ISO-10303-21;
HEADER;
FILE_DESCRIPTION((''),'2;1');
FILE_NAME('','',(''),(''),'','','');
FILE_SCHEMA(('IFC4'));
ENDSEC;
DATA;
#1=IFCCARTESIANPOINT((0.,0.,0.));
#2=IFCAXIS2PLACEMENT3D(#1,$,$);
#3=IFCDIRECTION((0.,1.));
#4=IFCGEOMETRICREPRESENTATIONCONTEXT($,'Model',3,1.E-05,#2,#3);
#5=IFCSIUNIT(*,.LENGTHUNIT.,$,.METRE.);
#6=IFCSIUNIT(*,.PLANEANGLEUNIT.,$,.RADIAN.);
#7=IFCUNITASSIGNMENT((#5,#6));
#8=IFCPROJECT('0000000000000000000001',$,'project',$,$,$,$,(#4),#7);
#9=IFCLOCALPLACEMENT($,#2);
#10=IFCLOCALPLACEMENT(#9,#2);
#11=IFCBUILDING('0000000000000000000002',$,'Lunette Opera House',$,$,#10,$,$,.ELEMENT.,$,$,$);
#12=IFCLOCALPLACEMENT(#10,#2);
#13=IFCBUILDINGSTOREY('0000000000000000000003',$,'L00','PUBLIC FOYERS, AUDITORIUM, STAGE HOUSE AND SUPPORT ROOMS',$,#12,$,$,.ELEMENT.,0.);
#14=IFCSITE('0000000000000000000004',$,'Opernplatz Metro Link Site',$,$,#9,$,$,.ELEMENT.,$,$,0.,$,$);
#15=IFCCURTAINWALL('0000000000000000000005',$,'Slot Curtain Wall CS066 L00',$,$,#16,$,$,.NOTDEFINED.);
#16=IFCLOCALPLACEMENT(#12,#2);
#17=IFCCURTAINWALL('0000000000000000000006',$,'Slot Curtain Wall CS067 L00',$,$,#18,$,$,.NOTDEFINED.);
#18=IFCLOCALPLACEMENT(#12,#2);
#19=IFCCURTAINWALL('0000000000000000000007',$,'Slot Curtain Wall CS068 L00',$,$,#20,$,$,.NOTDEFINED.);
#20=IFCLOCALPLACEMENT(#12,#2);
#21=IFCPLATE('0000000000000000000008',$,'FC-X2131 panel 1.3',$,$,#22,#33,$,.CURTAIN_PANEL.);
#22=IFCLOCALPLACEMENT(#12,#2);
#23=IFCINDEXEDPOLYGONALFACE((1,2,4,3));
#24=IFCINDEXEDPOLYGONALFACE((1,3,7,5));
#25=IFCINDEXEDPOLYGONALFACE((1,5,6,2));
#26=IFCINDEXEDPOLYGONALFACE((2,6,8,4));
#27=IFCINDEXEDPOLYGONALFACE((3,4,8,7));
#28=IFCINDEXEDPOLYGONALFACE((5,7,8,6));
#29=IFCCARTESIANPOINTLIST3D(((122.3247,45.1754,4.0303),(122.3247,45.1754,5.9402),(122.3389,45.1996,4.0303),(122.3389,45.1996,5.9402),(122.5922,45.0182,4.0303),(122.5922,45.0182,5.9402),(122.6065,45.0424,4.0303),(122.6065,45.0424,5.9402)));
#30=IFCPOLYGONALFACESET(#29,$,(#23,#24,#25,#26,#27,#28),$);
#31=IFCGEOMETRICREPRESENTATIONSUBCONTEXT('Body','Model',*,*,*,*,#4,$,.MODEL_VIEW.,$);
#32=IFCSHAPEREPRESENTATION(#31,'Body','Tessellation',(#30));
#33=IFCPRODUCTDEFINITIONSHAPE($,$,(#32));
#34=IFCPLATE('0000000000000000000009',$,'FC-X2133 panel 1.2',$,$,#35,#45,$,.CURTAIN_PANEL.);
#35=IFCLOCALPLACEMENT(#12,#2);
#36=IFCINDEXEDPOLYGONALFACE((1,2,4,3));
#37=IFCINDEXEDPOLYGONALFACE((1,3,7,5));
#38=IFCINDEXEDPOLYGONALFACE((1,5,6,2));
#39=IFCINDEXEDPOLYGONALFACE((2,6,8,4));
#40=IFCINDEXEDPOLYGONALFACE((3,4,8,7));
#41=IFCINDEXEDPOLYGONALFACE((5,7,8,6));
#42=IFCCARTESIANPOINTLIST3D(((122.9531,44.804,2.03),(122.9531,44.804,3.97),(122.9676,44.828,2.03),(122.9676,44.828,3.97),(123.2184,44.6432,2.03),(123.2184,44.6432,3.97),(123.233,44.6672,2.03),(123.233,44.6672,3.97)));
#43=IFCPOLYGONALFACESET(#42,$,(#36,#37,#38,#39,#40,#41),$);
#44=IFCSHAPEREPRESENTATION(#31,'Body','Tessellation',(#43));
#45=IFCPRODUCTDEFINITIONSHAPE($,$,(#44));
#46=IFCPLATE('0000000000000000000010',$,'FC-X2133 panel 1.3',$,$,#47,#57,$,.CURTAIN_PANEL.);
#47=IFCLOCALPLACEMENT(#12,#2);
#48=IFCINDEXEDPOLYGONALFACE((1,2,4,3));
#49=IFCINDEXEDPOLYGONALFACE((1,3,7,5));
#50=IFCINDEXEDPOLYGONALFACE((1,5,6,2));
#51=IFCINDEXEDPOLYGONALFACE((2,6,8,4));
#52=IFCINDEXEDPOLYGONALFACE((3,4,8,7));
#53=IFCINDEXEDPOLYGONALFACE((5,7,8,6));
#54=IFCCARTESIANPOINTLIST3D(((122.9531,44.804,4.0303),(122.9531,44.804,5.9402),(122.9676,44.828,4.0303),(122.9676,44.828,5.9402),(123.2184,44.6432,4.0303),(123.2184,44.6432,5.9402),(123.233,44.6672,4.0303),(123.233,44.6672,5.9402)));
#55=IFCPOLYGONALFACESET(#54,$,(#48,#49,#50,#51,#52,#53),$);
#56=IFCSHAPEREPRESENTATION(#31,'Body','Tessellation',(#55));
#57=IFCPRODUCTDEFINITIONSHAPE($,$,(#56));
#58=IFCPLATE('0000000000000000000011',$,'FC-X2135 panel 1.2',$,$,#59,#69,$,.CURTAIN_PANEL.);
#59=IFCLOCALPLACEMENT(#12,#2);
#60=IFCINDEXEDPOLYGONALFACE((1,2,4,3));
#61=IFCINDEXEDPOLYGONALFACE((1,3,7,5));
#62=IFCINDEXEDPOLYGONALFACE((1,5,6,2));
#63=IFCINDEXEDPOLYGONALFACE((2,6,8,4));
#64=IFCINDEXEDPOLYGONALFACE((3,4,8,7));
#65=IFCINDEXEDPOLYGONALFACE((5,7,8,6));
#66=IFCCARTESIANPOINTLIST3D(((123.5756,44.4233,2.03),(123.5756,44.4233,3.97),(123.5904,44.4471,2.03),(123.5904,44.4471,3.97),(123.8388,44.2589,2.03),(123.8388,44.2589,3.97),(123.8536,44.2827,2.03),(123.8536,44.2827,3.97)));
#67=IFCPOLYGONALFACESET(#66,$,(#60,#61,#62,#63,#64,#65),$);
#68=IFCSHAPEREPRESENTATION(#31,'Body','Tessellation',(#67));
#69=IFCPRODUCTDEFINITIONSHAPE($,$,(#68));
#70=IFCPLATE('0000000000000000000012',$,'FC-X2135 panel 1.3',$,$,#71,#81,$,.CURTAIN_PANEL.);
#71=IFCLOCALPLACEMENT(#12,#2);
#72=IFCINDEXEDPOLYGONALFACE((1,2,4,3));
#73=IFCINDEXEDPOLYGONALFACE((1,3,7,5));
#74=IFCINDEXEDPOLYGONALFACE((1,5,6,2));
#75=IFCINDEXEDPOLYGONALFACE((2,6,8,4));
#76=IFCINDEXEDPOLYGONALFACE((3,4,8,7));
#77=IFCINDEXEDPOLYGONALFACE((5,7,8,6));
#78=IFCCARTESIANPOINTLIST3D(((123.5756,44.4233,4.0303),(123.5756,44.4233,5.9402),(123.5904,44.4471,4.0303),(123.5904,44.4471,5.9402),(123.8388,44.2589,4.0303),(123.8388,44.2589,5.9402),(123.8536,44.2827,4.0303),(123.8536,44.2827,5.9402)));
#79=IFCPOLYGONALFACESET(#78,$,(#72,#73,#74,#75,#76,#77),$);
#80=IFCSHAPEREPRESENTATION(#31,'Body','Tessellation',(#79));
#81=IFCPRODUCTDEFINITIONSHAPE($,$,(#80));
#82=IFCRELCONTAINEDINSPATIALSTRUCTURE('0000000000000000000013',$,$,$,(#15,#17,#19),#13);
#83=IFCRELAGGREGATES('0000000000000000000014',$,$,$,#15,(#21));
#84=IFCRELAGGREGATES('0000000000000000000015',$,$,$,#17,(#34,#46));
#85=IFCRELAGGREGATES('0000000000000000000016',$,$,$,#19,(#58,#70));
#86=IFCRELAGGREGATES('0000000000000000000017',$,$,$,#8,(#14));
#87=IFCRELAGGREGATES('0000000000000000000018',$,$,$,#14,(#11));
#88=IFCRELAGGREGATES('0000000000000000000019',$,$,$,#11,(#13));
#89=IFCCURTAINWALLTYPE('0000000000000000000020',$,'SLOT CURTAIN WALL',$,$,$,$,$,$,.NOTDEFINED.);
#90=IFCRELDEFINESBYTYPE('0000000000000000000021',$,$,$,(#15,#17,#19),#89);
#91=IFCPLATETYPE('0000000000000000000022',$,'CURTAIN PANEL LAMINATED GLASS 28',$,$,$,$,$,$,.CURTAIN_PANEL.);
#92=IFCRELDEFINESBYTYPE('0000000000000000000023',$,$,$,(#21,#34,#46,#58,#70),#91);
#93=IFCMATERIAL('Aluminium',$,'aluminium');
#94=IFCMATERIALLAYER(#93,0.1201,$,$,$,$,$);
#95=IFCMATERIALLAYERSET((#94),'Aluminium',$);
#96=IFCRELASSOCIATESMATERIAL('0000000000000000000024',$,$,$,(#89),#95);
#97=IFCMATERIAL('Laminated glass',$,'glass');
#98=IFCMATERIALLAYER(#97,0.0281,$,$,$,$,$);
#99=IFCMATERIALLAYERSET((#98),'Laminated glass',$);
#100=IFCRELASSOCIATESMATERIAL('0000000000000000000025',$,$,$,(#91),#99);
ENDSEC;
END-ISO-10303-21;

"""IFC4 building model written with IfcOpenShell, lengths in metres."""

from ifc_helpers import new_model, si_unit, direction, frame, origin, origin_2d, place, context, subcontext, project, spatial, rectangle, extrude, material, layer, layer_set, type_object, element, aggregate, save


model = new_model("IFC4")

# Units and contexts
model_context = context("Model", 3, precision=1e-05, world=origin(), true_north=direction((0.0, 1.0)))
body_context = subcontext(model_context, "Body", "Model", "MODEL_VIEW")
ifc_project = project(units=[si_unit("LENGTHUNIT", "METRE"), si_unit("PLANEANGLEUNIT", "RADIAN")], contexts=[model_context])

# Site, building, storey
site_placement = place(None, origin())
site = spatial("IfcSite", under=ifc_project, at=site_placement, Name="Opernplatz Metro Link Site", CompositionType="ELEMENT", RefElevation=0.0)
building_placement = place(site_placement, origin())
building = spatial("IfcBuilding", under=site, at=building_placement, Name="Lunette Opera House", CompositionType="ELEMENT")
storey_placement = place(building_placement, origin())
storey = spatial("IfcBuildingStorey", under=building, at=storey_placement, Name="L00", Description="PUBLIC FOYERS, AUDITORIUM, STAGE HOUSE AND SUPPORT ROOMS", CompositionType="ELEMENT", Elevation=0.0)

# Curtain walls
ifc_material_1 = material(Name="Aluminium", Category="aluminium")
ifc_layer_1 = layer(ifc_material_1, 0.1201)
ifc_layer_set_1 = layer_set([ifc_layer_1], Name="Aluminium")
curtain_wall_type = type_object("IfcCurtainWallType", Name="SLOT CURTAIN WALL", PredefinedType="NOTDEFINED", material=ifc_layer_set_1)
curtain_wall_1_placement = place(storey_placement, origin())
curtain_wall_1 = element("IfcCurtainWall", 1, at=curtain_wall_1_placement, inside=storey, type_object=curtain_wall_type, Name="Slot Curtain Wall CS066 L00", PredefinedType="NOTDEFINED")
curtain_wall_2_placement = place(storey_placement, origin())
curtain_wall_2 = element("IfcCurtainWall", 2, at=curtain_wall_2_placement, inside=storey, type_object=curtain_wall_type, Name="Slot Curtain Wall CS067 L00", PredefinedType="NOTDEFINED")
curtain_wall_3_placement = place(storey_placement, origin())
curtain_wall_3 = element("IfcCurtainWall", 3, at=curtain_wall_3_placement, inside=storey, type_object=curtain_wall_type, Name="Slot Curtain Wall CS068 L00", PredefinedType="NOTDEFINED")

# Shared definitions
ifc_material_2 = material(Name="Laminated glass", Category="glass")
ifc_layer_2 = layer(ifc_material_2, 0.0281)
ifc_layer_set_2 = layer_set([ifc_layer_2], Name="Laminated glass")
plate_type = type_object("IfcPlateType", Name="CURTAIN PANEL LAMINATED GLASS 28", PredefinedType="CURTAIN_PANEL", material=ifc_layer_set_2)

# Plates
plate_1_placement = place(storey_placement, frame((122.4656, 45.1089, 4.0303), z_axis=(0.0, 0.0, 1.0), x_axis=(0.862173, -0.506614, 0.0)))
plate_1 = element("IfcPlate", 4, at=plate_1_placement, type_object=plate_type, Name="FC-X2131 panel 1.3", PredefinedType="CURTAIN_PANEL", context=body_context, shape_type="SweptSolid", body=[
    extrude(rectangle(XDim=0.3103, YDim=0.0281, at=origin_2d()), origin(), (0.0, 0.0, 1.0), 1.9099),
])
aggregate(curtain_wall_1, [plate_1])
plate_2_placement = place(storey_placement, frame((123.093, 44.7356, 2.03), z_axis=(0.0, 0.0, 1.0), x_axis=(0.855229, -0.51825, 0.0)))
plate_2 = element("IfcPlate", 5, at=plate_2_placement, type_object=plate_type, Name="FC-X2133 panel 1.2", PredefinedType="CURTAIN_PANEL", context=body_context, shape_type="SweptSolid", body=[
    extrude(rectangle(XDim=0.3103, YDim=0.0281, at=origin_2d()), origin(), (0.0, 0.0, 1.0), 1.9399),
])
plate_3_placement = place(storey_placement, frame((123.093, 44.7356, 4.0303), z_axis=(0.0, 0.0, 1.0), x_axis=(0.855229, -0.51825, 0.0)))
plate_3 = element("IfcPlate", 6, at=plate_3_placement, type_object=plate_type, Name="FC-X2133 panel 1.3", PredefinedType="CURTAIN_PANEL", context=body_context, shape_type="SweptSolid", body=[
    extrude(rectangle(XDim=0.3103, YDim=0.0281, at=origin_2d()), origin(), (0.0, 0.0, 1.0), 1.9099),
])
aggregate(curtain_wall_2, [plate_2, plate_3])
plate_4_placement = place(storey_placement, frame((123.7146, 44.353, 2.03), z_axis=(0.0, 0.0, 1.0), x_axis=(0.848129, -0.52979, 0.0)))
plate_4 = element("IfcPlate", 7, at=plate_4_placement, type_object=plate_type, Name="FC-X2135 panel 1.2", PredefinedType="CURTAIN_PANEL", context=body_context, shape_type="SweptSolid", body=[
    extrude(rectangle(XDim=0.3103, YDim=0.0281, at=origin_2d()), origin(), (0.0, 0.0, 1.0), 1.9399),
])
plate_5_placement = place(storey_placement, frame((123.7146, 44.353, 4.0303), z_axis=(0.0, 0.0, 1.0), x_axis=(0.848129, -0.52979, 0.0)))
plate_5 = element("IfcPlate", 8, at=plate_5_placement, type_object=plate_type, Name="FC-X2135 panel 1.3", PredefinedType="CURTAIN_PANEL", context=body_context, shape_type="SweptSolid", body=[
    extrude(rectangle(XDim=0.3103, YDim=0.0281, at=origin_2d()), origin(), (0.0, 0.0, 1.0), 1.9099),
])
aggregate(curtain_wall_3, [plate_4, plate_5])

save(model, "model.ifc")
